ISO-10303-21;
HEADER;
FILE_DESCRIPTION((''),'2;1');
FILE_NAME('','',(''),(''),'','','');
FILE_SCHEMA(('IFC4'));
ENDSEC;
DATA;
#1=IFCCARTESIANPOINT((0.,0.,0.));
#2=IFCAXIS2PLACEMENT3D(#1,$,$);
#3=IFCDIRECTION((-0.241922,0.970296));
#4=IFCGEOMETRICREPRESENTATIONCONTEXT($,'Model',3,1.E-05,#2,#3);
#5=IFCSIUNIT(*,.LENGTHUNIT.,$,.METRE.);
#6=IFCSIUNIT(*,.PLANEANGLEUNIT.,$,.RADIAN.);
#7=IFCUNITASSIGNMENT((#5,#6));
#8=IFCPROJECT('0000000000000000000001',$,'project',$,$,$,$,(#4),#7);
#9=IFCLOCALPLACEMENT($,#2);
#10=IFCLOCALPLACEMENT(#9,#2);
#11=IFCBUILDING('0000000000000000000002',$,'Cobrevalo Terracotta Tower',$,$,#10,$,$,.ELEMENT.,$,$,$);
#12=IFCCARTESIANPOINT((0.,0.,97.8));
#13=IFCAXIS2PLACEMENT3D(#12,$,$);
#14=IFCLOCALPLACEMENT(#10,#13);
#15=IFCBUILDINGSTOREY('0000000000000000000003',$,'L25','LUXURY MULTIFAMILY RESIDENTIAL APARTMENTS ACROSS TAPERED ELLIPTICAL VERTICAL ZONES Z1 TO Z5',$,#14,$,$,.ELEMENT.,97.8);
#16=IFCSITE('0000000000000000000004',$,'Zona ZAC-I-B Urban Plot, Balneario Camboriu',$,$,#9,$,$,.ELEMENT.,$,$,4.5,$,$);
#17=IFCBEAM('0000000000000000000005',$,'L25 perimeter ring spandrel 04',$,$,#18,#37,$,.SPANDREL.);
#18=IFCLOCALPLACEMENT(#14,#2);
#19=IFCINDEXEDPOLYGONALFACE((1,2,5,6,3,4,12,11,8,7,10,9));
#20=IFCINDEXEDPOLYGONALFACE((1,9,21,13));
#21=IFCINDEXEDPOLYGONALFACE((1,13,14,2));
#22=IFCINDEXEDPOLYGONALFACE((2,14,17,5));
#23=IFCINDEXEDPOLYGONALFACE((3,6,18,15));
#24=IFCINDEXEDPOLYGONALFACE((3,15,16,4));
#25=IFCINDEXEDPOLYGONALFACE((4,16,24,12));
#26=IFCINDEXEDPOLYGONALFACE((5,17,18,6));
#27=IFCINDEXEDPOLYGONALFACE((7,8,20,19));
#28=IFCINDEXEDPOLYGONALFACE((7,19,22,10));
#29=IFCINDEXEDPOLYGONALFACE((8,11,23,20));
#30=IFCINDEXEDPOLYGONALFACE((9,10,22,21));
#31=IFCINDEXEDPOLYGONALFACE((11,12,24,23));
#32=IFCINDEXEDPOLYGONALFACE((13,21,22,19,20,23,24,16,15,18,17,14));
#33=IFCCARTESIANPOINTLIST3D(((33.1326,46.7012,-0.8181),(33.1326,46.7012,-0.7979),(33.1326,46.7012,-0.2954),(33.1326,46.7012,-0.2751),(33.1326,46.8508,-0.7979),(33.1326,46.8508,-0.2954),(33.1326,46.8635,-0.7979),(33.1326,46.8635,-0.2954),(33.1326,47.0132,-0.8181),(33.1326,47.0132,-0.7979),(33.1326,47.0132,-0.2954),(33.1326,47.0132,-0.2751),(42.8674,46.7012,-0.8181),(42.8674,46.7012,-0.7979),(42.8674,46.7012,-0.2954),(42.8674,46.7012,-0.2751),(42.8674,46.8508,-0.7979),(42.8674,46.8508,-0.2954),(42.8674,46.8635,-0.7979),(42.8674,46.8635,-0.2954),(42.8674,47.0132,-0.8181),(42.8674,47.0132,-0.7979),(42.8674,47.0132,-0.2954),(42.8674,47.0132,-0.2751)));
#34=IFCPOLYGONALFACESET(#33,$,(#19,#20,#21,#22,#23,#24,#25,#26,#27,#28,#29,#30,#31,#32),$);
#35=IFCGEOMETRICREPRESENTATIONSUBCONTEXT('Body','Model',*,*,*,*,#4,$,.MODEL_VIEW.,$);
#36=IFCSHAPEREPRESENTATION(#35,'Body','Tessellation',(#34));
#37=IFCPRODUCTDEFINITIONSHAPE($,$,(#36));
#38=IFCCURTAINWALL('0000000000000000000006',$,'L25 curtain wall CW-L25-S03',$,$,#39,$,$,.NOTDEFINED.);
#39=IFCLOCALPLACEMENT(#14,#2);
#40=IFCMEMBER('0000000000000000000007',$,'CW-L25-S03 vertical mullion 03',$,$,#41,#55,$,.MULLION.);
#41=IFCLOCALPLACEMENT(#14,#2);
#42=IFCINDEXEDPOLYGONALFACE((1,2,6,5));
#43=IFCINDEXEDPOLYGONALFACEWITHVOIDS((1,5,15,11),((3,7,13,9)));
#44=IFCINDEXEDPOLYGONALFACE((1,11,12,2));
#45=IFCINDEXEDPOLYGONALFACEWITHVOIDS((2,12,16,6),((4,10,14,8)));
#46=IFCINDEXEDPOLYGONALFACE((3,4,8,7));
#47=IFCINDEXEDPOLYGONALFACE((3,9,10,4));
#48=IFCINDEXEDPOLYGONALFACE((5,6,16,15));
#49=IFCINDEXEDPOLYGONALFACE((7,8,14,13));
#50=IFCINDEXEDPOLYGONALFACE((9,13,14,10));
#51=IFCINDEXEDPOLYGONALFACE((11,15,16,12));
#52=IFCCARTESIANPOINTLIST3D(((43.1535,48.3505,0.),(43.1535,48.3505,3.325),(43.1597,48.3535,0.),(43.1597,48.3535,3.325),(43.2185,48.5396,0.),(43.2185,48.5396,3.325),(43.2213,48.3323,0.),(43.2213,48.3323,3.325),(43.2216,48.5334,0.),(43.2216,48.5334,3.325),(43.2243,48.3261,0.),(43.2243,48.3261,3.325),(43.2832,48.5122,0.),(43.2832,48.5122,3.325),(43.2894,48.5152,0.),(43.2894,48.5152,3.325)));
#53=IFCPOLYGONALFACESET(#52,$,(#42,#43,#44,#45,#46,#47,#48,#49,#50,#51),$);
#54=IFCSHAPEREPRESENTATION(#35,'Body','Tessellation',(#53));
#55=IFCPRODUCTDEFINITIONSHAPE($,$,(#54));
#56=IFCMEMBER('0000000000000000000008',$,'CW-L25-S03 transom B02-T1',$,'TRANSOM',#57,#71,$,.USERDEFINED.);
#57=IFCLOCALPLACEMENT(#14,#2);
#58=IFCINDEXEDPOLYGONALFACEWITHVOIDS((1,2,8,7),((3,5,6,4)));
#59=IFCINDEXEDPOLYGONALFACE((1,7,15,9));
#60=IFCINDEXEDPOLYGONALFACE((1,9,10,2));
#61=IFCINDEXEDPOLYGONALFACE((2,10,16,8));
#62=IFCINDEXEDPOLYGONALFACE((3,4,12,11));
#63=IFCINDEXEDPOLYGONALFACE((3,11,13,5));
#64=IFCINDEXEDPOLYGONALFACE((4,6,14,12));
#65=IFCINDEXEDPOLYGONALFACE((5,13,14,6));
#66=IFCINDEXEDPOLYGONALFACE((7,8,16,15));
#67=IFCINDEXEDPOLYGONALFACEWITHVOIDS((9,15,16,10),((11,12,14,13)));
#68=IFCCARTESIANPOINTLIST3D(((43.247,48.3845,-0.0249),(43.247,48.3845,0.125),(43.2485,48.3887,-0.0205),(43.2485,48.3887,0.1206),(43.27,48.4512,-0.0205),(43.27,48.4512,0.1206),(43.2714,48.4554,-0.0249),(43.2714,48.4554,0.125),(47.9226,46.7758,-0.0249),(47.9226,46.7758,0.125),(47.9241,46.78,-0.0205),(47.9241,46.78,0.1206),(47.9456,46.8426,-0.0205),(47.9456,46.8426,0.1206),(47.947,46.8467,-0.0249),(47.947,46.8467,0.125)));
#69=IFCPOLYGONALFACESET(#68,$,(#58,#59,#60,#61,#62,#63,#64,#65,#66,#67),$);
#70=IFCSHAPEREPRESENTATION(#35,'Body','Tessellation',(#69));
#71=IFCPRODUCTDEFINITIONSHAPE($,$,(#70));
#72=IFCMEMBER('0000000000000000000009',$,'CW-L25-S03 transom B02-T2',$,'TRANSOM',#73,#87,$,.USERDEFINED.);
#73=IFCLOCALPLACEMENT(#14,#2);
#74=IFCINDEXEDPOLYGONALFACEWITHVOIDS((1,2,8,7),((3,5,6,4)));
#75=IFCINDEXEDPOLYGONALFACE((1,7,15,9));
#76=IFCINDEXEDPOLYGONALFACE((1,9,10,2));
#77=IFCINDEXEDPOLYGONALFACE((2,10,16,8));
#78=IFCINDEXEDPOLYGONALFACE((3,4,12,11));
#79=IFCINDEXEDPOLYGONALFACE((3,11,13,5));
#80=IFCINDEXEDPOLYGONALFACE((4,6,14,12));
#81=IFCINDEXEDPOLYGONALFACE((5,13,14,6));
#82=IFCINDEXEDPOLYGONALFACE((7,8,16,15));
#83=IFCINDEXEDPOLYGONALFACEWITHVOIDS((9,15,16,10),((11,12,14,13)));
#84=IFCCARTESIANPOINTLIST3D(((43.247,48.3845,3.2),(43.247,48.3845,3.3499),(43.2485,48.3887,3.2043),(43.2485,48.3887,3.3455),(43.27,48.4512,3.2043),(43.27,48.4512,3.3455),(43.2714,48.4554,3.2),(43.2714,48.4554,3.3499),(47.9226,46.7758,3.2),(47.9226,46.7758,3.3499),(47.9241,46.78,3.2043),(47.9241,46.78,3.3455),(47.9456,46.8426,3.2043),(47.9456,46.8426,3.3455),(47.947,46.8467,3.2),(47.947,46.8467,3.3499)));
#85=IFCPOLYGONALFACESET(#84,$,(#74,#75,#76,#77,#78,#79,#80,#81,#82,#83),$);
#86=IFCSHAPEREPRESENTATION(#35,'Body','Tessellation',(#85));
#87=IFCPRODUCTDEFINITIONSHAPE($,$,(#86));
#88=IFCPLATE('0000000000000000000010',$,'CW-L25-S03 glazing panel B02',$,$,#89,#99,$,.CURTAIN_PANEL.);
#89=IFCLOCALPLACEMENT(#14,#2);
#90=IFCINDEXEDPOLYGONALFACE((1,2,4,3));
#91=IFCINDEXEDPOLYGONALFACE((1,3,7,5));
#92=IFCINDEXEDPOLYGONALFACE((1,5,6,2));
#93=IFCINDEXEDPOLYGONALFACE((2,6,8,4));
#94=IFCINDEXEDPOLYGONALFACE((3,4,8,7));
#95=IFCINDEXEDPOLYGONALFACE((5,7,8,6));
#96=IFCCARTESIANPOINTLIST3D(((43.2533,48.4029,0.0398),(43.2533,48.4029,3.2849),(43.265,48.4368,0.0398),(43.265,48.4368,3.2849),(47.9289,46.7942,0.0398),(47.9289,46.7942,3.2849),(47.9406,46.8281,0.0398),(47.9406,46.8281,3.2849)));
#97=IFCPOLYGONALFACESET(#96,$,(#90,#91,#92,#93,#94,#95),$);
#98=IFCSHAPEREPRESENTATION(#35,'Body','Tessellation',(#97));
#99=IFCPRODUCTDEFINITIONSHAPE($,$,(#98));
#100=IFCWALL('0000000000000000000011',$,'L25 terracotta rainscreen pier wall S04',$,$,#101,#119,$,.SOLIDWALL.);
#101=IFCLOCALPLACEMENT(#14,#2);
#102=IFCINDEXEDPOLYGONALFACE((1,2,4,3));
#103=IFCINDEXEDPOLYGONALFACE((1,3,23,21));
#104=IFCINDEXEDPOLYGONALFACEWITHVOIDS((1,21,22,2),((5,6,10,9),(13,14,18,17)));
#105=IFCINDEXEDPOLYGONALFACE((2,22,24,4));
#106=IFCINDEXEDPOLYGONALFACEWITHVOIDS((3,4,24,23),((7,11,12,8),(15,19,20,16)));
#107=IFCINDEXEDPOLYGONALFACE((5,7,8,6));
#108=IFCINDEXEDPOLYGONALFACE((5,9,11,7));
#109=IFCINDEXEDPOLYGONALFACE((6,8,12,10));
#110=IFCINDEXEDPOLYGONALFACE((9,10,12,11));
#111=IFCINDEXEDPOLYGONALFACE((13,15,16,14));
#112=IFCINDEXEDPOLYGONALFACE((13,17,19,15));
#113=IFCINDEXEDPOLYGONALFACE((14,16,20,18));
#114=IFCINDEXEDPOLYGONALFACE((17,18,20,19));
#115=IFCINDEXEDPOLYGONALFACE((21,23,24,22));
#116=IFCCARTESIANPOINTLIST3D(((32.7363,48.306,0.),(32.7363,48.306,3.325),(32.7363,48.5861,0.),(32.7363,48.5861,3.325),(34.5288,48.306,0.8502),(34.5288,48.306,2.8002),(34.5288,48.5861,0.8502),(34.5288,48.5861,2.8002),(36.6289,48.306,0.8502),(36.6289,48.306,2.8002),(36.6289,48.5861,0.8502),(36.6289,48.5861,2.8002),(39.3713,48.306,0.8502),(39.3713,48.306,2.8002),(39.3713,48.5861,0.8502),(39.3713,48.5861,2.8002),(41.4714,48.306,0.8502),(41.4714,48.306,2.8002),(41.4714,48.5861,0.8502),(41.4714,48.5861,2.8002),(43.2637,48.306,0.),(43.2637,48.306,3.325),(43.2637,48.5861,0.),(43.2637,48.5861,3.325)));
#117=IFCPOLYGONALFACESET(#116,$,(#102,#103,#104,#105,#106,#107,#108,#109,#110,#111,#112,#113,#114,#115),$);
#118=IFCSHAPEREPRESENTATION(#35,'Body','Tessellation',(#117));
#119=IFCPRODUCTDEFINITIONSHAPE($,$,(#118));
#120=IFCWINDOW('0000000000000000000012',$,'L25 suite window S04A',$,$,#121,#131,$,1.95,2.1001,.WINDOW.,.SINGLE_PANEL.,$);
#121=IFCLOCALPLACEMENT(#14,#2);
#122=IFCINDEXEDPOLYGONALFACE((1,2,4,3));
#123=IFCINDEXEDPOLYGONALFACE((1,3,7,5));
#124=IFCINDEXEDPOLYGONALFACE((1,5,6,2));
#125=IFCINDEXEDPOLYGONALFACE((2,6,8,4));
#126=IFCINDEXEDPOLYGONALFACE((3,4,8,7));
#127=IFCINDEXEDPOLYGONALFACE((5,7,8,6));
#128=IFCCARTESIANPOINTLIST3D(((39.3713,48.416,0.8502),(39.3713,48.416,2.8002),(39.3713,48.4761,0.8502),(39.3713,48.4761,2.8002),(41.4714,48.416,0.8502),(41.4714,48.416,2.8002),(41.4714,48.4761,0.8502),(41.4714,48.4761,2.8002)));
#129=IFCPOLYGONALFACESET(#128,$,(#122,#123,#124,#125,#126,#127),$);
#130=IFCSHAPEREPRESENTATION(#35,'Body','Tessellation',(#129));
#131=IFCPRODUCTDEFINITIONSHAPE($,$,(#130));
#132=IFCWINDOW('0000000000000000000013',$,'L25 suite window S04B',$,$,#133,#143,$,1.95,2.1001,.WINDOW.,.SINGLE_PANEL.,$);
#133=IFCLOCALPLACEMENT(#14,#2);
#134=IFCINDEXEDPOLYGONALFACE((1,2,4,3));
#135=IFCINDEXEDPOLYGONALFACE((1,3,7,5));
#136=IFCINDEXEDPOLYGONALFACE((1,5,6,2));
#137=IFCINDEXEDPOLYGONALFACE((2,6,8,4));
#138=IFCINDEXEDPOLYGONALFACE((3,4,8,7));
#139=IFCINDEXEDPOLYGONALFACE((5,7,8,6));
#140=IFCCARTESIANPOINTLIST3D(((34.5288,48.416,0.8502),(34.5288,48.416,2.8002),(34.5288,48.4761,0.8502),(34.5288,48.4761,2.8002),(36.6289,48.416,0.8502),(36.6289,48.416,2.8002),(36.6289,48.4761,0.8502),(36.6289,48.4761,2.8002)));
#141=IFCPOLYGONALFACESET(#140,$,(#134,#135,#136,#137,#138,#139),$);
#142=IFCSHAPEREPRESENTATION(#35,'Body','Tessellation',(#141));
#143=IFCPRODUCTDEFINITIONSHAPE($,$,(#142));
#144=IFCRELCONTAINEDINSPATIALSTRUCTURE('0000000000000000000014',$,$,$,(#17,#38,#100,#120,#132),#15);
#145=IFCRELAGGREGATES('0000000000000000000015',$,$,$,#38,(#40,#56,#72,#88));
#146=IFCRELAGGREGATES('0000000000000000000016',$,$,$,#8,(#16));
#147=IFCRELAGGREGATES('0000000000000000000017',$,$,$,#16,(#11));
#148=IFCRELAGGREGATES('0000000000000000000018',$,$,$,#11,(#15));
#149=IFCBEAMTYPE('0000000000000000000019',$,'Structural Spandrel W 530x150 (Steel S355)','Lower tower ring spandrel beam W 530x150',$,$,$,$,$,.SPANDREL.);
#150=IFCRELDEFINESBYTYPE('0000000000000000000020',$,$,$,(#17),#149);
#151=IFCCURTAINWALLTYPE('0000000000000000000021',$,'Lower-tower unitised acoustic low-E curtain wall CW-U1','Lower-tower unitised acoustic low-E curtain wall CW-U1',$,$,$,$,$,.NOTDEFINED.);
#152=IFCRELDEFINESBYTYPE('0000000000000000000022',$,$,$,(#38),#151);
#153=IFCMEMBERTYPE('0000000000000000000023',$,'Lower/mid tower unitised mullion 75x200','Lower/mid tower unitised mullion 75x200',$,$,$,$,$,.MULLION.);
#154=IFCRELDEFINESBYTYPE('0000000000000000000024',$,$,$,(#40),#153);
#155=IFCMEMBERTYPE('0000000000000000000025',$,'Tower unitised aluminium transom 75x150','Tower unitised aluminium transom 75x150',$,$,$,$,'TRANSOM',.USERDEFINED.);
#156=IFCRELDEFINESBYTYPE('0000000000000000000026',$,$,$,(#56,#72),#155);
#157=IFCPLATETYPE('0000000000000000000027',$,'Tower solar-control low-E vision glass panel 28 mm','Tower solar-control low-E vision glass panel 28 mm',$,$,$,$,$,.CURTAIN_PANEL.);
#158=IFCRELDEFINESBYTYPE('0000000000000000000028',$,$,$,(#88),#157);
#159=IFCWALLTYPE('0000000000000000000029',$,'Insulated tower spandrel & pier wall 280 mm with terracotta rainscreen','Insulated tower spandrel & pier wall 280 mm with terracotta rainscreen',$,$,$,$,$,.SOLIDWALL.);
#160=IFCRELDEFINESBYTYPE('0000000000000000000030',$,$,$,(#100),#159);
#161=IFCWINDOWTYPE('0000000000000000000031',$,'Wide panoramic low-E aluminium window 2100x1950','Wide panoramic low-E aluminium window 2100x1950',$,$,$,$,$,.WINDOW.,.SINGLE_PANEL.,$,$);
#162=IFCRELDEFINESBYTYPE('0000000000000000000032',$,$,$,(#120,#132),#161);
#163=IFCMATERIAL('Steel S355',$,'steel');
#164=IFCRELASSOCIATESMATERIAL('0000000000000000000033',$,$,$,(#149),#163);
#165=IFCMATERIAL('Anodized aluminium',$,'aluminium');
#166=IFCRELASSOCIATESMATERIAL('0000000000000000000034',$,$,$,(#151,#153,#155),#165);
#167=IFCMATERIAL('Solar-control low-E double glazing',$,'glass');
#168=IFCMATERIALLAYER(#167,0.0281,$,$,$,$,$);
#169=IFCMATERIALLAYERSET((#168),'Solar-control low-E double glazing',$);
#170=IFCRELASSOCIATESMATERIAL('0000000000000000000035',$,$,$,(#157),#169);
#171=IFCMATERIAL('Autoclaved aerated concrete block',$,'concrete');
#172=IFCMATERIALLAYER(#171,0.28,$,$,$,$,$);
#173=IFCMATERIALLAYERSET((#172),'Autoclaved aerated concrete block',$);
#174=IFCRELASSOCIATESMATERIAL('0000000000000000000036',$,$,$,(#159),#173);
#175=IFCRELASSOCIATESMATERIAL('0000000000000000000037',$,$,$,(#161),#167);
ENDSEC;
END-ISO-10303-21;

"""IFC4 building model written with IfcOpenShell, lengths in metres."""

from ifc_helpers import new_model, si_unit, direction, frame, frame_2d, origin, origin_2d, place, context, subcontext, project, spatial, rectangle, hollow_rectangle, i_section, extrude, source, transform, mapped, material, layer, layer_set, material_profile, profile_set, type_object, element, fill, aggregate, save


model = new_model("IFC4")

# Units and contexts
model_context = context("Model", 3, precision=1e-05, world=origin(), true_north=direction((-0.241922, 0.970296)))
body_context = subcontext(model_context, "Body", "Model", "MODEL_VIEW")
ifc_project = project(units=[si_unit("LENGTHUNIT", "METRE"), si_unit("PLANEANGLEUNIT", "RADIAN")], contexts=[model_context])

# Site, building, storey
site_placement = place(None, origin())
site = spatial("IfcSite", under=ifc_project, at=site_placement, Name="Zona ZAC-I-B Urban Plot, Balneario Camboriu", CompositionType="ELEMENT", RefElevation=4.5)
building_placement = place(site_placement, origin())
building = spatial("IfcBuilding", under=site, at=building_placement, Name="Cobrevalo Terracotta Tower", CompositionType="ELEMENT")
storey_placement = place(building_placement, frame((0.0, 0.0, 97.8)))
storey = spatial("IfcBuildingStorey", under=building, at=storey_placement, Name="L25", Description="LUXURY MULTIFAMILY RESIDENTIAL APARTMENTS ACROSS TAPERED ELLIPTICAL VERTICAL ZONES Z1 TO Z5", CompositionType="ELEMENT", Elevation=97.8)

# Shared definitions
ifc_material_1 = material(Name="Steel S355", Category="steel")

# Beam
ifc_material_profile_1 = material_profile(ifc_material_1, i_section(OverallWidth=0.312, OverallDepth=0.543, WebThickness=0.0127, FlangeThickness=0.0203, at=origin_2d()), Name="W 530x150")
ifc_profile_set_1 = profile_set([ifc_material_profile_1], Name="Steel S355")
beam_type_1 = type_object("IfcBeamType", Name="Structural Spandrel W 530x150 (Steel S355)", Description="Lower tower ring spandrel beam W 530x150", PredefinedType="SPANDREL", material=ifc_profile_set_1)
beam_1_placement = place(storey_placement, frame((42.8674, 46.8572, -0.5466), z_axis=(-1.0, 0.0, 0.0), x_axis=(0.0, -1.0, 0.0)))
element("IfcBeam", 1, at=beam_1_placement, inside=storey, type_object=beam_type_1, Name="L25 perimeter ring spandrel 04", PredefinedType="SPANDREL", context=body_context, shape_type="SweptSolid", body=[
    extrude(i_section(OverallWidth=0.312, OverallDepth=0.543, WebThickness=0.0127, FlangeThickness=0.0203, at=origin_2d()), origin(), (0.0, 0.0, 1.0), 9.7349),
])

# Curtain wall, members, plate
ifc_material_2 = material(Name="Anodized aluminium", Category="aluminium")
curtain_wall_type = type_object("IfcCurtainWallType", Name="Lower-tower unitised acoustic low-E curtain wall CW-U1", Description="Lower-tower unitised acoustic low-E curtain wall CW-U1", PredefinedType="NOTDEFINED", material=ifc_material_2)
curtain_wall_placement = place(storey_placement, origin())
curtain_wall = element("IfcCurtainWall", 2, at=curtain_wall_placement, inside=storey, type_object=curtain_wall_type, Name="L25 curtain wall CW-L25-S03", PredefinedType="NOTDEFINED")
ifc_material_profile_2 = material_profile(ifc_material_2, hollow_rectangle(XDim=0.075, YDim=0.2, WallThickness=0.0049, at=origin_2d()), Name="CWM 75x200")
ifc_profile_set_2 = profile_set([ifc_material_profile_2], Name="Anodized aluminium")
member_type_1 = type_object("IfcMemberType", Name="Lower/mid tower unitised mullion 75x200", Description="Lower/mid tower unitised mullion 75x200", PredefinedType="MULLION", material=ifc_profile_set_2)
shared_shape_1 = source(origin(), body_context, "Body", "SweptSolid", [
    extrude(hollow_rectangle(XDim=0.075, YDim=0.2, WallThickness=0.0049, at=origin_2d()), origin(), (0.0, 0.0, 1.0), 3.325),
])
member_1_placement = place(storey_placement, frame((43.2214, 48.4329, 0.0), z_axis=(0.0, 0.0, 1.0), x_axis=(-0.945598, 0.325337, 0.0)))
member_1 = element("IfcMember", 3, at=member_1_placement, type_object=member_type_1, Name="CW-L25-S03 vertical mullion 03", PredefinedType="MULLION", context=body_context, shape_type="MappedRepresentation", body=[
    mapped(shared_shape_1, transform((0.0, 0.0, 0.0), scale=1.0)),
])
ifc_material_profile_3 = material_profile(ifc_material_2, hollow_rectangle(XDim=0.075, YDim=0.1499, WallThickness=0.0044, at=origin_2d()), Name="CWT 75x150")
ifc_profile_set_3 = profile_set([ifc_material_profile_3], Name="Anodized aluminium")
member_type_2 = type_object("IfcMemberType", Name="Tower unitised aluminium transom 75x150", Description="Tower unitised aluminium transom 75x150", ElementType="TRANSOM", PredefinedType="USERDEFINED", material=ifc_profile_set_3)
shared_shape_2 = source(origin(), body_context, "Body", "SweptSolid", [
    extrude(hollow_rectangle(XDim=0.075, YDim=0.1499, WallThickness=0.0044, at=origin_2d()), origin(), (0.0, 0.0, 1.0), 4.9446),
])
member_2_placement = place(storey_placement, frame((47.9348, 46.8113, 0.05), z_axis=(-0.945598, 0.325338, 0.0), x_axis=(-0.325338, -0.945598, 0.0)))
member_2 = element("IfcMember", 4, at=member_2_placement, type_object=member_type_2, Name="CW-L25-S03 transom B02-T1", ObjectType="TRANSOM", PredefinedType="USERDEFINED", context=body_context, shape_type="MappedRepresentation", body=[
    mapped(shared_shape_2, transform((0.0, 0.0, 0.0), scale=1.0)),
])
member_3_placement = place(storey_placement, frame((47.9348, 46.8113, 3.2749), z_axis=(-0.945598, 0.325338, 0.0), x_axis=(-0.325338, -0.945598, 0.0)))
member_3 = element("IfcMember", 5, at=member_3_placement, type_object=member_type_2, Name="CW-L25-S03 transom B02-T2", ObjectType="TRANSOM", PredefinedType="USERDEFINED", context=body_context, shape_type="MappedRepresentation", body=[
    mapped(shared_shape_2, transform((0.0, 0.0, 0.0), scale=1.0)),
])
ifc_material_3 = material(Name="Solar-control low-E double glazing", Category="glass")
ifc_layer_1 = layer(ifc_material_3, 0.0281)
ifc_layer_set_1 = layer_set([ifc_layer_1], Name="Solar-control low-E double glazing")
plate_type = type_object("IfcPlateType", Name="Tower solar-control low-E vision glass panel 28 mm", Description="Tower solar-control low-E vision glass panel 28 mm", PredefinedType="CURTAIN_PANEL", material=ifc_layer_set_1)
shared_shape_3 = source(origin(), body_context, "Body", "SweptSolid", [
    extrude(rectangle(XDim=4.9446, YDim=0.0359, at=origin_2d()), origin(), (0.0, 0.0, 1.0), 3.2451),
])
plate_placement = place(storey_placement, frame((45.5969, 47.6155, 0.0398), z_axis=(0.0, 0.0, 1.0), x_axis=(-0.945596, 0.325342, 0.0)))
plate = element("IfcPlate", 6, at=plate_placement, type_object=plate_type, Name="CW-L25-S03 glazing panel B02", PredefinedType="CURTAIN_PANEL", context=body_context, shape_type="MappedRepresentation", body=[
    mapped(shared_shape_3, transform((0.0, 0.0, 0.0), scale=1.0)),
])
aggregate(curtain_wall, [member_1, member_2, member_3, plate])

# Wall, openings, windows
ifc_material_4 = material(Name="Autoclaved aerated concrete block", Category="concrete")
ifc_layer_2 = layer(ifc_material_4, 0.28)
ifc_layer_set_2 = layer_set([ifc_layer_2], Name="Autoclaved aerated concrete block")
wall_type_1 = type_object("IfcWallType", Name="Insulated tower spandrel & pier wall 280 mm with terracotta rainscreen", Description="Insulated tower spandrel & pier wall 280 mm with terracotta rainscreen", PredefinedType="SOLIDWALL", material=ifc_layer_set_2)
wall_1_placement = place(storey_placement, frame((43.2637, 48.446, 0.0), z_axis=(0.0, 0.0, 1.0), x_axis=(-1.0, 0.0, 0.0)))
wall_1 = element("IfcWall", 7, at=wall_1_placement, inside=storey, type_object=wall_type_1, Name="L25 terracotta rainscreen pier wall S04", PredefinedType="SOLIDWALL", context=body_context, shape_type="SweptSolid", body=[
    extrude(rectangle(XDim=10.5273, YDim=0.28, at=frame_2d((5.2637, 0.0))), origin(), (0.0, 0.0, 1.0), 3.325),
])
opening_1_placement = place(wall_1_placement, frame((1.7922, 0.0, 0.8501)))
opening_1 = element("IfcOpeningElement", 8, at=opening_1_placement, cuts=wall_1, PredefinedType="OPENING", context=body_context, shape_type="SweptSolid", body=[
    extrude(rectangle(XDim=2.1001, YDim=1.95, at=frame_2d((1.05, 0.9751))), frame((0.0, 0.1499, 0.0), z_axis=(0.0, -1.0, 0.0), x_axis=(1.0, 0.0, 0.0)), (0.0, 0.0, 1.0), 0.3),
])
opening_2_placement = place(wall_1_placement, frame((6.6348, 0.0, 0.8501)))
opening_2 = element("IfcOpeningElement", 9, at=opening_2_placement, cuts=wall_1, PredefinedType="OPENING", context=body_context, shape_type="SweptSolid", body=[
    extrude(rectangle(XDim=2.1001, YDim=1.95, at=frame_2d((1.05, 0.9751))), frame((0.0, 0.1499, 0.0), z_axis=(0.0, -1.0, 0.0), x_axis=(1.0, 0.0, 0.0)), (0.0, 0.0, 1.0), 0.3),
])
window_type = type_object("IfcWindowType", Name="Wide panoramic low-E aluminium window 2100x1950", Description="Wide panoramic low-E aluminium window 2100x1950", PartitioningType="SINGLE_PANEL", PredefinedType="WINDOW", material=ifc_material_3)
shared_shape_4 = source(origin(), body_context, "Body", "SweptSolid", [
    extrude(rectangle(XDim=2.1001, YDim=1.95, at=frame_2d((1.05, 0.9751))), frame((0.0, 0.03, 0.0), z_axis=(0.0, -1.0, 0.0), x_axis=(1.0, 0.0, 0.0)), (0.0, 0.0, 1.0), 0.0601),
])
window_1_placement = place(opening_1_placement, origin())
window_1 = element("IfcWindow", 10, at=window_1_placement, inside=storey, type_object=window_type, Name="L25 suite window S04A", OverallHeight=1.95, OverallWidth=2.1001, PartitioningType="SINGLE_PANEL", PredefinedType="WINDOW", context=body_context, shape_type="MappedRepresentation", body=[
    mapped(shared_shape_4, transform((0.0, 0.0, 0.0), scale=1.0)),
])
fill(opening_1, window_1)
window_2_placement = place(opening_2_placement, origin())
window_2 = element("IfcWindow", 11, at=window_2_placement, inside=storey, type_object=window_type, Name="L25 suite window S04B", OverallHeight=1.95, OverallWidth=2.1001, PartitioningType="SINGLE_PANEL", PredefinedType="WINDOW", context=body_context, shape_type="MappedRepresentation", body=[
    mapped(shared_shape_4, transform((0.0, 0.0, 0.0), scale=1.0)),
])
fill(opening_2, window_2)

save(model, "model.ifc")
